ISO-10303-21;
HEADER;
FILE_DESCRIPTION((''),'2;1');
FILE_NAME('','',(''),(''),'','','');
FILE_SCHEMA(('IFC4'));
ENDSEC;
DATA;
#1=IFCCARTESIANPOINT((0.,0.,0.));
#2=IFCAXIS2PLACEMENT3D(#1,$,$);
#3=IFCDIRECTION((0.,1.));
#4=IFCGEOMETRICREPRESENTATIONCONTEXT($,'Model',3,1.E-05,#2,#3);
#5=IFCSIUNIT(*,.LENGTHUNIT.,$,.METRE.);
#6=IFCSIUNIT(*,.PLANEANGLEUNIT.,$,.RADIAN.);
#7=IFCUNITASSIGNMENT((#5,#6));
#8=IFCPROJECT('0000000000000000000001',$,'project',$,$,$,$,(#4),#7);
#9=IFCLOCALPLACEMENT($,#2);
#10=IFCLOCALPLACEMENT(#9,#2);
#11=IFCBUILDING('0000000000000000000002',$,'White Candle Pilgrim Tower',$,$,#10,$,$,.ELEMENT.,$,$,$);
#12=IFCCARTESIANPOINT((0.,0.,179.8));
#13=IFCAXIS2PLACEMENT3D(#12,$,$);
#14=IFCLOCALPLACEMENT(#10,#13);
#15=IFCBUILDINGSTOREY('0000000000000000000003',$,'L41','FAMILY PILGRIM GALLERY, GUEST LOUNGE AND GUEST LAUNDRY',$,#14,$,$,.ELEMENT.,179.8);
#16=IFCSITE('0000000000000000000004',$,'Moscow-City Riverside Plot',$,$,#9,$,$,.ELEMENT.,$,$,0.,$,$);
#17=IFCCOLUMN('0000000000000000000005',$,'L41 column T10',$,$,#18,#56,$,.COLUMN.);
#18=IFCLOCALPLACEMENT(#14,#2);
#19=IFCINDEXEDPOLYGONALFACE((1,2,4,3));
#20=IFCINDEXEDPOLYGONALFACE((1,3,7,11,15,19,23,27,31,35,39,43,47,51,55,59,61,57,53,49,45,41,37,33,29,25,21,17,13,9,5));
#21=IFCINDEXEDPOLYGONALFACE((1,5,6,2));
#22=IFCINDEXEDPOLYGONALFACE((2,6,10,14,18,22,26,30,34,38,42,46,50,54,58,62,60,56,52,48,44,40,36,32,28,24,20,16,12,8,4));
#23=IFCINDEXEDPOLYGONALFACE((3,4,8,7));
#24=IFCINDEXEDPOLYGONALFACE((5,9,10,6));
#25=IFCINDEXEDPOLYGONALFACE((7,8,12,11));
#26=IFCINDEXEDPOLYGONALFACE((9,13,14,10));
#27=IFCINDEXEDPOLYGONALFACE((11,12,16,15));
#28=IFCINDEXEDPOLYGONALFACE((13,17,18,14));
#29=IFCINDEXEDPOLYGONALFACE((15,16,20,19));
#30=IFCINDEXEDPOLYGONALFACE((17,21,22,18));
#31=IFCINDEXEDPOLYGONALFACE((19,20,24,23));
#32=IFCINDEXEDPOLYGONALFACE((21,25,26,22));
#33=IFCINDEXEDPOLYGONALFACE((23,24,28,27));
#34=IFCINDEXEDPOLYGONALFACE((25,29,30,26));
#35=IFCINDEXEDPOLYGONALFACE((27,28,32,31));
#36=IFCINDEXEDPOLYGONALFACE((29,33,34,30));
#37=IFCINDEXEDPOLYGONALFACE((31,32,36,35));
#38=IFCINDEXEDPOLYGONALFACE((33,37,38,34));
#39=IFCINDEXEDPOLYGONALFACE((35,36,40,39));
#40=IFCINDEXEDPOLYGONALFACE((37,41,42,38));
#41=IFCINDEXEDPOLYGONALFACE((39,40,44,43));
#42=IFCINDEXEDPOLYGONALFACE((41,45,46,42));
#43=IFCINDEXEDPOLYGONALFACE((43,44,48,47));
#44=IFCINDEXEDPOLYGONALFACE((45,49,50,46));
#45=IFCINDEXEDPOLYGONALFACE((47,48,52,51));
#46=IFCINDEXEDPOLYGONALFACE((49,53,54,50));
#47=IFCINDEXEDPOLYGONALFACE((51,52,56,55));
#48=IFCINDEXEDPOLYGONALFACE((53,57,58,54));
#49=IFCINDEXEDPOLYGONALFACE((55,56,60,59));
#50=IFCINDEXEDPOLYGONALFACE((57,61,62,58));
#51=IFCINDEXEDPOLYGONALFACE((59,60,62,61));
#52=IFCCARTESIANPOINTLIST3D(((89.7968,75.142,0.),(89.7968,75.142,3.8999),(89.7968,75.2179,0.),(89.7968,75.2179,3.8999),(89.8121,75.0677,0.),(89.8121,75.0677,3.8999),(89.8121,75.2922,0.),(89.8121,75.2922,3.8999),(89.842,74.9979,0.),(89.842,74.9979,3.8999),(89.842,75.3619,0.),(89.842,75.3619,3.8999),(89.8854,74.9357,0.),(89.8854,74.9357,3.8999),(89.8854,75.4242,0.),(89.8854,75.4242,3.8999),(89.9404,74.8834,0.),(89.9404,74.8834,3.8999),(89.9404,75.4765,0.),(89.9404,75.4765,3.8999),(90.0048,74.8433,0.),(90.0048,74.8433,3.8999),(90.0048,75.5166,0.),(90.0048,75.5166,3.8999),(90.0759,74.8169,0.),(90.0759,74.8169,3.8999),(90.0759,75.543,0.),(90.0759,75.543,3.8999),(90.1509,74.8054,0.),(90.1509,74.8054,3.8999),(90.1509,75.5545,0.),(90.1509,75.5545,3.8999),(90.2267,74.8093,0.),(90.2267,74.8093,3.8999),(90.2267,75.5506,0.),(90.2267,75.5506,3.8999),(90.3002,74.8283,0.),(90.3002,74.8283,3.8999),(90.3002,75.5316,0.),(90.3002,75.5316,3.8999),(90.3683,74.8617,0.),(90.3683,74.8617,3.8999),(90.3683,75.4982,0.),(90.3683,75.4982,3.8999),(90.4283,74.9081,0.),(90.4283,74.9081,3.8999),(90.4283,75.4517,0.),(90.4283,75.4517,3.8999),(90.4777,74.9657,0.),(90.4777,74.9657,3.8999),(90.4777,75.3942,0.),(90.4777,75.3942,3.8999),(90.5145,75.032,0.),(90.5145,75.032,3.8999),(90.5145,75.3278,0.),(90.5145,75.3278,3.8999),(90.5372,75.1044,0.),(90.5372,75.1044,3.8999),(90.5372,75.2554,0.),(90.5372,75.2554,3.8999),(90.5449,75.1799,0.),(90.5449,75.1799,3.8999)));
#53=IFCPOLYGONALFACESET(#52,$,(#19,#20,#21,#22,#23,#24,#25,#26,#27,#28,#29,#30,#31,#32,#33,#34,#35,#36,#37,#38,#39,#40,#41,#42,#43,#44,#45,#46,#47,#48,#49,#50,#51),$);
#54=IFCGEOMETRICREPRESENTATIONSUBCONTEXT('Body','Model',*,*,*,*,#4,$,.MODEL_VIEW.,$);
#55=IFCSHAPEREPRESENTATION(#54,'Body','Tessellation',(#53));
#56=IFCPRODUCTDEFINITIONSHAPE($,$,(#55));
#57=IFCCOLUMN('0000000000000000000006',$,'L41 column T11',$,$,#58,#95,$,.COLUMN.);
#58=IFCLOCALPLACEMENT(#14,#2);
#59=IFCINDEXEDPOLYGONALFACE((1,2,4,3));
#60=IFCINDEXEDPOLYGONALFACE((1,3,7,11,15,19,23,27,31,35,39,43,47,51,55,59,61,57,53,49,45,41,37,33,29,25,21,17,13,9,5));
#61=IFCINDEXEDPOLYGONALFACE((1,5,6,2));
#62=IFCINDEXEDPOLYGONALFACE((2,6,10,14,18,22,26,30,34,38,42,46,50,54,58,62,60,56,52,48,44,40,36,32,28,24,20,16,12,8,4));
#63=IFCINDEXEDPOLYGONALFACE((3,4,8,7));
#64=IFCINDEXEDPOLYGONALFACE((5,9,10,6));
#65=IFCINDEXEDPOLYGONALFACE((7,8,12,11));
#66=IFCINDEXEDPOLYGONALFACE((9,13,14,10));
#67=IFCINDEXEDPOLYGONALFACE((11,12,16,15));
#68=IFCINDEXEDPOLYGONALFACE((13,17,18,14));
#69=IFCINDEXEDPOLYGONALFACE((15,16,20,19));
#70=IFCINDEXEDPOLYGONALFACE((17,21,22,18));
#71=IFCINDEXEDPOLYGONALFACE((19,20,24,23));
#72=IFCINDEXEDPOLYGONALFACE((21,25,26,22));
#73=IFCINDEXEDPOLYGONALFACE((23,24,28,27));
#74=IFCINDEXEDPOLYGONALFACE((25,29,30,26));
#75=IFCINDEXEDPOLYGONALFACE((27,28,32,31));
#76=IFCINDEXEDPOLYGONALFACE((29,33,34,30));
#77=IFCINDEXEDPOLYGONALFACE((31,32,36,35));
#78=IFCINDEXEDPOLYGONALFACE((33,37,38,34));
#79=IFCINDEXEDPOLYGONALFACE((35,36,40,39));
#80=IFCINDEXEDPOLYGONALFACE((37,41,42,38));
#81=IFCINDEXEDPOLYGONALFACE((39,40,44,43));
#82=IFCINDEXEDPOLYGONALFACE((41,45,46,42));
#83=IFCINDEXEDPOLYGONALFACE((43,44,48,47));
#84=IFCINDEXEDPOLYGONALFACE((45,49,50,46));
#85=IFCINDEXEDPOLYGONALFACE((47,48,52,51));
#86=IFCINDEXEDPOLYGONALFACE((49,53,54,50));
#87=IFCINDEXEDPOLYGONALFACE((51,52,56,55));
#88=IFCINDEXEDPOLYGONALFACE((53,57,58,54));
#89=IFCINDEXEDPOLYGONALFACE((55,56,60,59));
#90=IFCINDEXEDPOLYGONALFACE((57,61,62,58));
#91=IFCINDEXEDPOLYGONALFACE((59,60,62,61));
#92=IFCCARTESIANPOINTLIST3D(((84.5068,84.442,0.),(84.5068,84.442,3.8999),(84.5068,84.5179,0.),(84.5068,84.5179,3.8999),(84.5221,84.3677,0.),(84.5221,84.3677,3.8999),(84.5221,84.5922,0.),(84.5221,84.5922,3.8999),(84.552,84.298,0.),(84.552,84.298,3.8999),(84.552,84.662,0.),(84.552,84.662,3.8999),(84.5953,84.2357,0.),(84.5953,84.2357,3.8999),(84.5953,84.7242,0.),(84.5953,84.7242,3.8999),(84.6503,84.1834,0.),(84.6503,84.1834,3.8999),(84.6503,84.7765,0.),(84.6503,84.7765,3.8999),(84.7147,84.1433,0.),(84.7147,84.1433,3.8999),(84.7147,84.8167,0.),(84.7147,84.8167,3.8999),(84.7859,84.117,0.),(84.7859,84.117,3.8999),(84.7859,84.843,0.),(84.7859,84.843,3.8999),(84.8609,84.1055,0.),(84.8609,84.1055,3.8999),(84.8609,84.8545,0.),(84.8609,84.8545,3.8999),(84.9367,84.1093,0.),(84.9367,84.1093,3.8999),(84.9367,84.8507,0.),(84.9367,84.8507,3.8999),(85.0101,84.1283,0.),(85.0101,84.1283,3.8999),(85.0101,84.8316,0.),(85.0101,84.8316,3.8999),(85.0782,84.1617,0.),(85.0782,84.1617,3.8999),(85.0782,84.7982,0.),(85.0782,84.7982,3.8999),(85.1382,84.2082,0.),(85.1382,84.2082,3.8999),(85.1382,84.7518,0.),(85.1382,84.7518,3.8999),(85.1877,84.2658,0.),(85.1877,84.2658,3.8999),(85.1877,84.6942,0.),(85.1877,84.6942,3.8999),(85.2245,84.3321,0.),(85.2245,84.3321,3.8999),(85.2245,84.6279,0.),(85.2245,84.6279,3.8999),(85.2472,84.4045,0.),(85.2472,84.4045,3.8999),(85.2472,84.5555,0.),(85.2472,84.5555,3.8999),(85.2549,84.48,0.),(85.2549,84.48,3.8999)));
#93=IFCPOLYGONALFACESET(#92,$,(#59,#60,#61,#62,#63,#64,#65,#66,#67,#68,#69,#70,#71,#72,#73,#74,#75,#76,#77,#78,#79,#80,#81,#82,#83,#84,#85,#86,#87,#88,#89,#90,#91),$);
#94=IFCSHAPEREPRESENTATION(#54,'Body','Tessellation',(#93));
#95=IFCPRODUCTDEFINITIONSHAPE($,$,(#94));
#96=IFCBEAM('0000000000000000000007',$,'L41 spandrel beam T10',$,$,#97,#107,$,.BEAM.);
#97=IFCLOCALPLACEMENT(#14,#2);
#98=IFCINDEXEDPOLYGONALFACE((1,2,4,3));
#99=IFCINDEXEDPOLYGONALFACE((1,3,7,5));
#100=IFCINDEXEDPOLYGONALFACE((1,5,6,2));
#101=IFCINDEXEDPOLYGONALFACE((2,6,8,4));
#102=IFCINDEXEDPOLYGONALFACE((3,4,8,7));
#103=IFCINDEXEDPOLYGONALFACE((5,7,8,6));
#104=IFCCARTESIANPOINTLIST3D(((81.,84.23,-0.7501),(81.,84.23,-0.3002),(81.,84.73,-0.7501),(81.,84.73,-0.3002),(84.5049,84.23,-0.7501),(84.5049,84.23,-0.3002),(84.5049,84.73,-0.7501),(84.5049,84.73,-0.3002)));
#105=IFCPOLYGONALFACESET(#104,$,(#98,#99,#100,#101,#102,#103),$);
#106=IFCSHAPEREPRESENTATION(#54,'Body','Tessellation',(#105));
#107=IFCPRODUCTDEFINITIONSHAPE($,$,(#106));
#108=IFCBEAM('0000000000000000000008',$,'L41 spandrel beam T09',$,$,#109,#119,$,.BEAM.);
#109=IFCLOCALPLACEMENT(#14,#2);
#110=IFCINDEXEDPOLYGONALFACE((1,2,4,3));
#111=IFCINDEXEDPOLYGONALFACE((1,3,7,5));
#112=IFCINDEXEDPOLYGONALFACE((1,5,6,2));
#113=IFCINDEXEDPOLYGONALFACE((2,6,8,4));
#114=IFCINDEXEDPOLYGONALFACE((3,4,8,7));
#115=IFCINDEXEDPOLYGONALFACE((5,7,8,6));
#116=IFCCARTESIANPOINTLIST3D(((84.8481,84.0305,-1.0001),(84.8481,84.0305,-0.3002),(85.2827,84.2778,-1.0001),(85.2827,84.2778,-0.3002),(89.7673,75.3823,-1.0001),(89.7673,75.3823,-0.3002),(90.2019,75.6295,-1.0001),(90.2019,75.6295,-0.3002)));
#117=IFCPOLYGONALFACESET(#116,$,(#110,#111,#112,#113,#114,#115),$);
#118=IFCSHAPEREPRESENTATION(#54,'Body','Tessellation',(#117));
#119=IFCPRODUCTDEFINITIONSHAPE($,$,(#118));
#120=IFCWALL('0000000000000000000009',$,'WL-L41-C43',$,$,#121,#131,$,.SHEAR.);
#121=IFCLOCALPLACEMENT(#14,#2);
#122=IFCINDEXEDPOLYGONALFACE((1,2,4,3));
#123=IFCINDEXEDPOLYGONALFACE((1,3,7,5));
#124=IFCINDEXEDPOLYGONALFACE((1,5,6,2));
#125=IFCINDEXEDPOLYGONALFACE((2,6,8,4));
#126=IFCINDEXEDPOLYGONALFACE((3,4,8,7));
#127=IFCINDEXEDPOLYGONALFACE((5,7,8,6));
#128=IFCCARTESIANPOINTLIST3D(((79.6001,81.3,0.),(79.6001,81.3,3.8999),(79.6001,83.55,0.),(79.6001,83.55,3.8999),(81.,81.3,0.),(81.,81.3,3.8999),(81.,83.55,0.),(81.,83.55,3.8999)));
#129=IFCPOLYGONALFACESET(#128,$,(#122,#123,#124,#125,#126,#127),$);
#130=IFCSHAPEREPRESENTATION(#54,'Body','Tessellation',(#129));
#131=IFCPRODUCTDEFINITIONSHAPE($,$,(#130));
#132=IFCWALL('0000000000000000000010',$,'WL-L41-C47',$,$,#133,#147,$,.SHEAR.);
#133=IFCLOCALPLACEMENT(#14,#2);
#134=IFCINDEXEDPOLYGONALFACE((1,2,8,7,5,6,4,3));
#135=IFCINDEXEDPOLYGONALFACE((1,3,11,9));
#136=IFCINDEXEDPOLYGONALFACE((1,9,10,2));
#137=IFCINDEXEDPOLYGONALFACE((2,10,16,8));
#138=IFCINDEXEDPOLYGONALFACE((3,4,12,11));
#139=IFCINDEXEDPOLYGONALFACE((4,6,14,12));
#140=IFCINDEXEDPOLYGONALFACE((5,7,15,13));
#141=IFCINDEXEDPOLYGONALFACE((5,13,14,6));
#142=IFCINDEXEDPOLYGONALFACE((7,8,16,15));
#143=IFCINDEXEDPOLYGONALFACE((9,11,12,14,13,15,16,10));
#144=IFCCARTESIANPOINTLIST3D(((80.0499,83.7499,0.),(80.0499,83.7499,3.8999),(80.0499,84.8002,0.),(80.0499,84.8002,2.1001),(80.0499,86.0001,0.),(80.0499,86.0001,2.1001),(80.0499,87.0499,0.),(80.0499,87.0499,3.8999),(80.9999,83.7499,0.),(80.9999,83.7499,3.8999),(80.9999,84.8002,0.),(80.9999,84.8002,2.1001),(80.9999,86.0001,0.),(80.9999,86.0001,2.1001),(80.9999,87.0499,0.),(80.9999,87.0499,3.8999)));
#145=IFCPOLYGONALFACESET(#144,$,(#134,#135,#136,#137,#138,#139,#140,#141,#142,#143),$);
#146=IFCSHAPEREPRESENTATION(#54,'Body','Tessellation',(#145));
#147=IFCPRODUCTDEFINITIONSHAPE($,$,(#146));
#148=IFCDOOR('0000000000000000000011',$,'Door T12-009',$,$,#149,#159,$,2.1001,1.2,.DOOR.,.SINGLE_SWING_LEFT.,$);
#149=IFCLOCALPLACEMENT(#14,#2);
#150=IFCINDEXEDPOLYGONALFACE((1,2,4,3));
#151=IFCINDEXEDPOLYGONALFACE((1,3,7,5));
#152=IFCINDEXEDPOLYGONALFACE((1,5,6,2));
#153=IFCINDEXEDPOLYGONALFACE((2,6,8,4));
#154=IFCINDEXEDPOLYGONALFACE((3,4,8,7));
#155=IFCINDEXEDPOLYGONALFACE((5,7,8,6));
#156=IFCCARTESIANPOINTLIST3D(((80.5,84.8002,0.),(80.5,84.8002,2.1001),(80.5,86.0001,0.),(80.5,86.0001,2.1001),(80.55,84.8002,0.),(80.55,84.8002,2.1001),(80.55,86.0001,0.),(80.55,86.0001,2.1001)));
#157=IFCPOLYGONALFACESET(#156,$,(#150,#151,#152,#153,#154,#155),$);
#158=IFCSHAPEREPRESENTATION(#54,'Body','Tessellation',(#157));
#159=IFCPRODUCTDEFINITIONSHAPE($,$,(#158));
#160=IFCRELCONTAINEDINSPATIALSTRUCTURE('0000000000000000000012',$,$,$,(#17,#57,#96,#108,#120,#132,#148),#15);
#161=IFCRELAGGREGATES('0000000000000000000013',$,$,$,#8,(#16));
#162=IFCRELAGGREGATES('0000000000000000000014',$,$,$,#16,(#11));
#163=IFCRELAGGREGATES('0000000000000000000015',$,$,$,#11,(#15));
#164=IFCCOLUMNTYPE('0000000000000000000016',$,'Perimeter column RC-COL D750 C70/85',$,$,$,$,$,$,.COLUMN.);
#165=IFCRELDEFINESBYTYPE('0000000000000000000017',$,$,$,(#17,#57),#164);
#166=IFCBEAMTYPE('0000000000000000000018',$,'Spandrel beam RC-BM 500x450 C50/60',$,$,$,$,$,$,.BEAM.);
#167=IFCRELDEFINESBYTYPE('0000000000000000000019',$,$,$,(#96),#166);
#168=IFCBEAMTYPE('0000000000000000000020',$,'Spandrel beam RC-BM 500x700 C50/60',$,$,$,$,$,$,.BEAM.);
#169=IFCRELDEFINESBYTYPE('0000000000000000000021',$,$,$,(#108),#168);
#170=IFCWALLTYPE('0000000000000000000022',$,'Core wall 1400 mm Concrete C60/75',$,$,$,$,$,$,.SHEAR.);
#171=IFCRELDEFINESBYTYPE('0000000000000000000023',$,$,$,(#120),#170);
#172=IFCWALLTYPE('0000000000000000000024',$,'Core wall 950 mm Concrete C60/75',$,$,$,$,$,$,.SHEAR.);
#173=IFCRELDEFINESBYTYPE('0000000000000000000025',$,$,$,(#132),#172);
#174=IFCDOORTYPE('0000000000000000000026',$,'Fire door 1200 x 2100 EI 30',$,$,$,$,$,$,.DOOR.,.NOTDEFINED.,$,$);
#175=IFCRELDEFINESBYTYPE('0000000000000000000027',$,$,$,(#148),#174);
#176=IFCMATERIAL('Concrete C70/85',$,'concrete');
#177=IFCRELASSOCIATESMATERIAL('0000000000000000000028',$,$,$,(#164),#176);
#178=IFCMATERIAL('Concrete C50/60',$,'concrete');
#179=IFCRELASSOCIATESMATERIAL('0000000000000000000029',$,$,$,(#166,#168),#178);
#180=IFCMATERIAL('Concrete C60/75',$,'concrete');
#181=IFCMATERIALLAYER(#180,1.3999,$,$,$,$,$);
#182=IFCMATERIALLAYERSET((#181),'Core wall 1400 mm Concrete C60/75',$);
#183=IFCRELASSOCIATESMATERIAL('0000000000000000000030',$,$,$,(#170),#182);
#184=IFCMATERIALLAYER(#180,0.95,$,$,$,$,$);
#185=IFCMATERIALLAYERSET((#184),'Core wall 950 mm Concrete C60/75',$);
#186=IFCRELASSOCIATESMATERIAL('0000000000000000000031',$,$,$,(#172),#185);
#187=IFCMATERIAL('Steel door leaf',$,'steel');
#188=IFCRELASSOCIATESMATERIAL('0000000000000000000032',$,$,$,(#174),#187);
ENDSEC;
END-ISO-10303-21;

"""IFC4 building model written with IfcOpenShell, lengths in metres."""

from ifc_helpers import new_model, si_unit, direction, frame, frame_2d, origin, origin_2d, place, context, subcontext, project, spatial, rectangle, circle, extrude, material, layer, layer_set, material_profile, profile_set, type_object, element, fill, save


model = new_model("IFC4")

# Units and contexts
model_context = context("Model", 3, precision=1e-05, world=origin(), true_north=direction((0.0, 1.0)))
body_context = subcontext(model_context, "Body", "Model", "MODEL_VIEW")
ifc_project = project(units=[si_unit("LENGTHUNIT", "METRE"), si_unit("PLANEANGLEUNIT", "RADIAN")], contexts=[model_context])

# Site, building, storey
site_placement = place(None, origin())
site = spatial("IfcSite", under=ifc_project, at=site_placement, Name="Moscow-City Riverside Plot", CompositionType="ELEMENT", RefElevation=0.0)
building_placement = place(site_placement, origin())
building = spatial("IfcBuilding", under=site, at=building_placement, Name="White Candle Pilgrim Tower", CompositionType="ELEMENT")
storey_placement = place(building_placement, frame((0.0, 0.0, 179.8)))
storey = spatial("IfcBuildingStorey", under=building, at=storey_placement, Name="L41", Description="FAMILY PILGRIM GALLERY, GUEST LOUNGE AND GUEST LAUNDRY", CompositionType="ELEMENT", Elevation=179.8)

# Columns
ifc_material_1 = material(Name="Concrete C70/85", Category="concrete")
ifc_material_profile_1 = material_profile(ifc_material_1, circle(Radius=0.375, at=origin_2d()), Name="RC-COL D750")
ifc_profile_set_1 = profile_set([ifc_material_profile_1], Name="Concrete C70/85")
column_type = type_object("IfcColumnType", Name="Perimeter column RC-COL D750 C70/85", PredefinedType="COLUMN", material=ifc_profile_set_1)
for number, where, z_axis, x_axis, name in (
    (1, (90.1699, 75.1799, 0.0), (0.0, 0.0, 1.0), (1.0, 0.0, 0.0), "L41 column T10"),
    (2, (84.8799, 84.48, 0.0), (0.0, 0.0, 1.0), (1.0, 0.0, 0.0), "L41 column T11"),
):
    element("IfcColumn", number, at=place(storey_placement, frame(where, z_axis=z_axis, x_axis=x_axis)), inside=storey, type_object=column_type, Name=name, PredefinedType="COLUMN", context=body_context, shape_type="SweptSolid", body=[
        extrude(circle(Radius=0.375, at=origin_2d()), origin(), (0.0, 0.0, 1.0), 3.8999),
    ])

# Beams
ifc_material_2 = material(Name="Concrete C50/60", Category="concrete")
ifc_material_profile_2 = material_profile(ifc_material_2, rectangle(XDim=0.5, YDim=0.45, at=origin_2d()), Name="RC-BM 500x450")
ifc_profile_set_2 = profile_set([ifc_material_profile_2], Name="Concrete C50/60")
beam_type_1 = type_object("IfcBeamType", Name="Spandrel beam RC-BM 500x450 C50/60", PredefinedType="BEAM", material=ifc_profile_set_2)
beam_1_placement = place(storey_placement, frame((84.5049, 84.48, -0.5251), z_axis=(-1.0, 0.0, 0.0), x_axis=(0.0, -1.0, 0.0)))
element("IfcBeam", 3, at=beam_1_placement, inside=storey, type_object=beam_type_1, Name="L41 spandrel beam T10", PredefinedType="BEAM", context=body_context, shape_type="SweptSolid", body=[
    extrude(rectangle(XDim=0.5, YDim=0.45, at=origin_2d()), origin(), (0.0, 0.0, 1.0), 3.5049),
])
ifc_material_profile_3 = material_profile(ifc_material_2, rectangle(XDim=0.5, YDim=0.7, at=origin_2d()), Name="RC-BM 500x700")
ifc_profile_set_3 = profile_set([ifc_material_profile_3], Name="Concrete C50/60")
beam_type_2 = type_object("IfcBeamType", Name="Spandrel beam RC-BM 500x700 C50/60", PredefinedType="BEAM", material=ifc_profile_set_3)
beam_2_placement = place(storey_placement, frame((89.9846, 75.5059, -0.6501), z_axis=(-0.494423, 0.869221, 0.0), x_axis=(-0.869221, -0.494423, 0.0)))
element("IfcBeam", 4, at=beam_2_placement, inside=storey, type_object=beam_type_2, Name="L41 spandrel beam T09", PredefinedType="BEAM", context=body_context, shape_type="SweptSolid", body=[
    extrude(rectangle(XDim=0.5, YDim=0.7, at=origin_2d()), origin(), (0.0, 0.0, 1.0), 9.9495),
])

# Wall
ifc_material_3 = material(Name="Concrete C60/75", Category="concrete")
ifc_layer_1 = layer(ifc_material_3, 1.3999)
ifc_layer_set_1 = layer_set([ifc_layer_1], Name="Core wall 1400 mm Concrete C60/75")
wall_type_1 = type_object("IfcWallType", Name="Core wall 1400 mm Concrete C60/75", PredefinedType="SHEAR", material=ifc_layer_set_1)
wall_1_placement = place(storey_placement, frame((80.3, 81.3, 0.0), z_axis=(0.0, 0.0, 1.0), x_axis=(0.0, 1.0, 0.0)))
element("IfcWall", 5, at=wall_1_placement, inside=storey, type_object=wall_type_1, Name="WL-L41-C43", PredefinedType="SHEAR", context=body_context, shape_type="SweptSolid", body=[
    extrude(rectangle(XDim=2.25, YDim=1.3999, at=frame_2d((1.125, 0.0))), origin(), (0.0, 0.0, 1.0), 3.8999),
])

# Wall, opening, door
ifc_layer_2 = layer(ifc_material_3, 0.95)
ifc_layer_set_2 = layer_set([ifc_layer_2], Name="Core wall 950 mm Concrete C60/75")
wall_type_2 = type_object("IfcWallType", Name="Core wall 950 mm Concrete C60/75", PredefinedType="SHEAR", material=ifc_layer_set_2)
wall_2_placement = place(storey_placement, frame((80.5249, 83.75, 0.0), z_axis=(0.0, 0.0, 1.0), x_axis=(0.0, 1.0, 0.0)))
wall_2 = element("IfcWall", 6, at=wall_2_placement, inside=storey, type_object=wall_type_2, Name="WL-L41-C47", PredefinedType="SHEAR", context=body_context, shape_type="SweptSolid", body=[
    extrude(rectangle(XDim=3.3, YDim=0.95, at=frame_2d((1.6499, 0.0))), origin(), (0.0, 0.0, 1.0), 3.8999),
])
opening_1_placement = place(wall_2_placement, frame((1.05, 0.0, 0.0)))
opening_1 = element("IfcOpeningElement", 7, at=opening_1_placement, cuts=wall_2, PredefinedType="OPENING", context=body_context, shape_type="SweptSolid", body=[
    extrude(rectangle(XDim=1.2, YDim=2.1001, at=frame_2d((0.6001, 1.05))), frame((0.0, 0.4849, 0.0), z_axis=(0.0, -1.0, 0.0), x_axis=(1.0, 0.0, 0.0)), (0.0, 0.0, 1.0), 0.97),
])
ifc_material_4 = material(Name="Steel door leaf", Category="steel")
door_type_1 = type_object("IfcDoorType", Name="Fire door 1200 x 2100 EI 30", OperationType="NOTDEFINED", PredefinedType="DOOR", material=ifc_material_4)
door_1_placement = place(opening_1_placement, origin())
door_1 = element("IfcDoor", 8, at=door_1_placement, inside=storey, type_object=door_type_1, Name="Door T12-009", OperationType="SINGLE_SWING_LEFT", OverallHeight=2.1001, OverallWidth=1.2, PredefinedType="DOOR", context=body_context, shape_type="SweptSolid", body=[
    extrude(rectangle(XDim=1.2, YDim=2.1001, at=frame_2d((0.6001, 1.05))), frame((0.0, 0.0249, 0.0), z_axis=(0.0, -1.0, 0.0), x_axis=(1.0, 0.0, 0.0)), (0.0, 0.0, 1.0), 0.05),
])
fill(opening_1, door_1)

save(model, "model.ifc")
